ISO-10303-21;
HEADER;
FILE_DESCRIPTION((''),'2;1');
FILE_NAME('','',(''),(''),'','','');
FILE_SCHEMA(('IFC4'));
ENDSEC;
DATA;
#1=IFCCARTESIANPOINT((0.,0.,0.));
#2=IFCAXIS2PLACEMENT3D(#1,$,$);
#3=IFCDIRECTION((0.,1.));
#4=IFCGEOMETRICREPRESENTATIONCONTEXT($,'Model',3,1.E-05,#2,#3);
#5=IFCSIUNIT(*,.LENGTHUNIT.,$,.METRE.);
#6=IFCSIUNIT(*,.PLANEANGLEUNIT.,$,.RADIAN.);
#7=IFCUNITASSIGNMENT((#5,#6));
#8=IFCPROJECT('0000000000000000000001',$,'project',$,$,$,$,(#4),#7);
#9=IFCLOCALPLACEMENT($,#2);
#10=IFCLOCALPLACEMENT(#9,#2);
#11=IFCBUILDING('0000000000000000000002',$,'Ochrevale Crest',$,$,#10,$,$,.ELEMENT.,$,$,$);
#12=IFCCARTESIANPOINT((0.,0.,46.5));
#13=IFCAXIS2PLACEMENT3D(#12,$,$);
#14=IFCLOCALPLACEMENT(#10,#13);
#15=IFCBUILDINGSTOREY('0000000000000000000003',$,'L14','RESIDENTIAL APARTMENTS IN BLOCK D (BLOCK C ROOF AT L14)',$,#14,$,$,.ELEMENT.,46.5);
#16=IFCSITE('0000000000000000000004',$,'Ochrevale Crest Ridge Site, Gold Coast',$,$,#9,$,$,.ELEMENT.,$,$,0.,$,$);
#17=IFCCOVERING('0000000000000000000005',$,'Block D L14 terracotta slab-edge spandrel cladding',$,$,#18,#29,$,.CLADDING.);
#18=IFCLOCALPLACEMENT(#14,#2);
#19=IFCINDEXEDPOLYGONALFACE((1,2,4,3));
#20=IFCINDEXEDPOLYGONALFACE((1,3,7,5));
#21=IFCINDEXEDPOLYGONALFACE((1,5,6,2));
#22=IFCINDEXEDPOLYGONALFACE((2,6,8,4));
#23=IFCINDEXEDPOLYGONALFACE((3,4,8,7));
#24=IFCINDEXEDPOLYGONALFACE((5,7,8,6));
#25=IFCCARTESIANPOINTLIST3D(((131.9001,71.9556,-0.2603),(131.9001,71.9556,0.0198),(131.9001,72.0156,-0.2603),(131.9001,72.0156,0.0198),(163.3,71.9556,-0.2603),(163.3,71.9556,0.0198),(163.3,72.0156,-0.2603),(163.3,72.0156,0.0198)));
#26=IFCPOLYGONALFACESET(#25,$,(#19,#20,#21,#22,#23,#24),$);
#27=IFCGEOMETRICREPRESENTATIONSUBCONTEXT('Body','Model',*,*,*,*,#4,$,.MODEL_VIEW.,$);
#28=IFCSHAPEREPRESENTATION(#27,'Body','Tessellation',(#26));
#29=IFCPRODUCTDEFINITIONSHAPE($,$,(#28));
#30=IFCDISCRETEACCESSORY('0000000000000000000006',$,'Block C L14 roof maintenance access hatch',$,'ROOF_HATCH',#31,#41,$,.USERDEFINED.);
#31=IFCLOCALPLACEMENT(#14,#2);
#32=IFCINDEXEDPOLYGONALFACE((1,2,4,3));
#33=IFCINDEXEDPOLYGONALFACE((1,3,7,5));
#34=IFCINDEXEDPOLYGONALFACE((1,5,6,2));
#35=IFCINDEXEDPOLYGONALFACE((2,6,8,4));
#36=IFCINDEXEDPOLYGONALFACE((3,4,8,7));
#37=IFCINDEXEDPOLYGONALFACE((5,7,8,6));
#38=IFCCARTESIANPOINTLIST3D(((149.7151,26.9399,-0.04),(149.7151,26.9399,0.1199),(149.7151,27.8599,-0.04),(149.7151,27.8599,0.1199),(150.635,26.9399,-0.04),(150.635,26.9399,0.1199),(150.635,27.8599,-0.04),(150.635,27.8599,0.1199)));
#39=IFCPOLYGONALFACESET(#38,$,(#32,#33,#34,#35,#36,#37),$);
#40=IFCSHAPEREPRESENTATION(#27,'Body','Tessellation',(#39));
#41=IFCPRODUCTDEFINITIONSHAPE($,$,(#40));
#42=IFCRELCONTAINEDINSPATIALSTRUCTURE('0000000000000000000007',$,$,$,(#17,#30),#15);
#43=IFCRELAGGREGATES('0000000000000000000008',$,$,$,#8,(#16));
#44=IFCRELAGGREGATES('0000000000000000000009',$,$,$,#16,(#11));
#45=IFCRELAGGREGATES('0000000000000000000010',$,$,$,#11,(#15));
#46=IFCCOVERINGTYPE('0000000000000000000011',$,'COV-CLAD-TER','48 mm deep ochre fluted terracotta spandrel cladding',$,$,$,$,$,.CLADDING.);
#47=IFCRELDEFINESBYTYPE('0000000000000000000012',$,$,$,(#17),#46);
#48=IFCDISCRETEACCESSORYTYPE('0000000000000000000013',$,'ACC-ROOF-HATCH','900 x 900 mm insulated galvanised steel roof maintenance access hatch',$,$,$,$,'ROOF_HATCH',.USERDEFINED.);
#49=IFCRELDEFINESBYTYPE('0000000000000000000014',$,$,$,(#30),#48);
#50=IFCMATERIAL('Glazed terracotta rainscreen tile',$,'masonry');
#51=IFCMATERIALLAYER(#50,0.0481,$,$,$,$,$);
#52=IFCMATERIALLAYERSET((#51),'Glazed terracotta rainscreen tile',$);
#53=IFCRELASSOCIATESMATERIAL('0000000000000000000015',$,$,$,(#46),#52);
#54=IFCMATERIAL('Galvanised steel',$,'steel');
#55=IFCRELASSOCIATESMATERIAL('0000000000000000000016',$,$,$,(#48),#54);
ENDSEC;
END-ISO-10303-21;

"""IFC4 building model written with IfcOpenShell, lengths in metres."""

from ifc_helpers import new_model, si_unit, direction, frame, origin, origin_2d, place, context, subcontext, project, spatial, rectangle, extrude, material, layer, layer_set, type_object, element, save


model = new_model("IFC4")

# Units and contexts
model_context = context("Model", 3, precision=1e-05, world=origin(), true_north=direction((0.0, 1.0)))
body_context = subcontext(model_context, "Body", "Model", "MODEL_VIEW")
ifc_project = project(units=[si_unit("LENGTHUNIT", "METRE"), si_unit("PLANEANGLEUNIT", "RADIAN")], contexts=[model_context])

# Site, building, storey
site_placement = place(None, origin())
site = spatial("IfcSite", under=ifc_project, at=site_placement, Name="Ochrevale Crest Ridge Site, Gold Coast", CompositionType="ELEMENT", RefElevation=0.0)
building_placement = place(site_placement, origin())
building = spatial("IfcBuilding", under=site, at=building_placement, Name="Ochrevale Crest", CompositionType="ELEMENT")
storey_placement = place(building_placement, frame((0.0, 0.0, 46.5)))
storey = spatial("IfcBuildingStorey", under=building, at=storey_placement, Name="L14", Description="RESIDENTIAL APARTMENTS IN BLOCK D (BLOCK C ROOF AT L14)", CompositionType="ELEMENT", Elevation=46.5)

# Covering
ifc_material_1 = material(Name="Glazed terracotta rainscreen tile", Category="masonry")
ifc_layer_1 = layer(ifc_material_1, 0.0481)
ifc_layer_set_1 = layer_set([ifc_layer_1], Name="Glazed terracotta rainscreen tile")
covering_type = type_object("IfcCoveringType", Name="COV-CLAD-TER", Description="48 mm deep ochre fluted terracotta spandrel cladding", PredefinedType="CLADDING", material=ifc_layer_set_1)
covering_placement = place(storey_placement, frame((147.6001, 71.9856, -0.2603), z_axis=(0.0, 0.0, 1.0), x_axis=(1.0, 0.0, 0.0)))
element("IfcCovering", 1, at=covering_placement, inside=storey, type_object=covering_type, Name="Block D L14 terracotta slab-edge spandrel cladding", PredefinedType="CLADDING", context=body_context, shape_type="SweptSolid", body=[
    extrude(rectangle(XDim=31.3999, YDim=0.0601, at=origin_2d()), origin(), (0.0, 0.0, 1.0), 0.28),
])

# Discrete accessory
ifc_material_2 = material(Name="Galvanised steel", Category="steel")
discrete_accessory_type = type_object("IfcDiscreteAccessoryType", Name="ACC-ROOF-HATCH", Description="900 x 900 mm insulated galvanised steel roof maintenance access hatch", ElementType="ROOF_HATCH", PredefinedType="USERDEFINED", material=ifc_material_2)
discrete_accessory_placement = place(storey_placement, frame((150.175, 27.3999, -0.04), z_axis=(0.0, 0.0, 1.0), x_axis=(1.0, 0.0, 0.0)))
element("IfcDiscreteAccessory", 2, at=discrete_accessory_placement, inside=storey, type_object=discrete_accessory_type, Name="Block C L14 roof maintenance access hatch", ObjectType="ROOF_HATCH", PredefinedType="USERDEFINED", context=body_context, shape_type="SweptSolid", body=[
    extrude(rectangle(XDim=0.9199, YDim=0.9199, at=origin_2d()), origin(), (0.0, 0.0, 1.0), 0.1599),
])

save(model, "model.ifc")
